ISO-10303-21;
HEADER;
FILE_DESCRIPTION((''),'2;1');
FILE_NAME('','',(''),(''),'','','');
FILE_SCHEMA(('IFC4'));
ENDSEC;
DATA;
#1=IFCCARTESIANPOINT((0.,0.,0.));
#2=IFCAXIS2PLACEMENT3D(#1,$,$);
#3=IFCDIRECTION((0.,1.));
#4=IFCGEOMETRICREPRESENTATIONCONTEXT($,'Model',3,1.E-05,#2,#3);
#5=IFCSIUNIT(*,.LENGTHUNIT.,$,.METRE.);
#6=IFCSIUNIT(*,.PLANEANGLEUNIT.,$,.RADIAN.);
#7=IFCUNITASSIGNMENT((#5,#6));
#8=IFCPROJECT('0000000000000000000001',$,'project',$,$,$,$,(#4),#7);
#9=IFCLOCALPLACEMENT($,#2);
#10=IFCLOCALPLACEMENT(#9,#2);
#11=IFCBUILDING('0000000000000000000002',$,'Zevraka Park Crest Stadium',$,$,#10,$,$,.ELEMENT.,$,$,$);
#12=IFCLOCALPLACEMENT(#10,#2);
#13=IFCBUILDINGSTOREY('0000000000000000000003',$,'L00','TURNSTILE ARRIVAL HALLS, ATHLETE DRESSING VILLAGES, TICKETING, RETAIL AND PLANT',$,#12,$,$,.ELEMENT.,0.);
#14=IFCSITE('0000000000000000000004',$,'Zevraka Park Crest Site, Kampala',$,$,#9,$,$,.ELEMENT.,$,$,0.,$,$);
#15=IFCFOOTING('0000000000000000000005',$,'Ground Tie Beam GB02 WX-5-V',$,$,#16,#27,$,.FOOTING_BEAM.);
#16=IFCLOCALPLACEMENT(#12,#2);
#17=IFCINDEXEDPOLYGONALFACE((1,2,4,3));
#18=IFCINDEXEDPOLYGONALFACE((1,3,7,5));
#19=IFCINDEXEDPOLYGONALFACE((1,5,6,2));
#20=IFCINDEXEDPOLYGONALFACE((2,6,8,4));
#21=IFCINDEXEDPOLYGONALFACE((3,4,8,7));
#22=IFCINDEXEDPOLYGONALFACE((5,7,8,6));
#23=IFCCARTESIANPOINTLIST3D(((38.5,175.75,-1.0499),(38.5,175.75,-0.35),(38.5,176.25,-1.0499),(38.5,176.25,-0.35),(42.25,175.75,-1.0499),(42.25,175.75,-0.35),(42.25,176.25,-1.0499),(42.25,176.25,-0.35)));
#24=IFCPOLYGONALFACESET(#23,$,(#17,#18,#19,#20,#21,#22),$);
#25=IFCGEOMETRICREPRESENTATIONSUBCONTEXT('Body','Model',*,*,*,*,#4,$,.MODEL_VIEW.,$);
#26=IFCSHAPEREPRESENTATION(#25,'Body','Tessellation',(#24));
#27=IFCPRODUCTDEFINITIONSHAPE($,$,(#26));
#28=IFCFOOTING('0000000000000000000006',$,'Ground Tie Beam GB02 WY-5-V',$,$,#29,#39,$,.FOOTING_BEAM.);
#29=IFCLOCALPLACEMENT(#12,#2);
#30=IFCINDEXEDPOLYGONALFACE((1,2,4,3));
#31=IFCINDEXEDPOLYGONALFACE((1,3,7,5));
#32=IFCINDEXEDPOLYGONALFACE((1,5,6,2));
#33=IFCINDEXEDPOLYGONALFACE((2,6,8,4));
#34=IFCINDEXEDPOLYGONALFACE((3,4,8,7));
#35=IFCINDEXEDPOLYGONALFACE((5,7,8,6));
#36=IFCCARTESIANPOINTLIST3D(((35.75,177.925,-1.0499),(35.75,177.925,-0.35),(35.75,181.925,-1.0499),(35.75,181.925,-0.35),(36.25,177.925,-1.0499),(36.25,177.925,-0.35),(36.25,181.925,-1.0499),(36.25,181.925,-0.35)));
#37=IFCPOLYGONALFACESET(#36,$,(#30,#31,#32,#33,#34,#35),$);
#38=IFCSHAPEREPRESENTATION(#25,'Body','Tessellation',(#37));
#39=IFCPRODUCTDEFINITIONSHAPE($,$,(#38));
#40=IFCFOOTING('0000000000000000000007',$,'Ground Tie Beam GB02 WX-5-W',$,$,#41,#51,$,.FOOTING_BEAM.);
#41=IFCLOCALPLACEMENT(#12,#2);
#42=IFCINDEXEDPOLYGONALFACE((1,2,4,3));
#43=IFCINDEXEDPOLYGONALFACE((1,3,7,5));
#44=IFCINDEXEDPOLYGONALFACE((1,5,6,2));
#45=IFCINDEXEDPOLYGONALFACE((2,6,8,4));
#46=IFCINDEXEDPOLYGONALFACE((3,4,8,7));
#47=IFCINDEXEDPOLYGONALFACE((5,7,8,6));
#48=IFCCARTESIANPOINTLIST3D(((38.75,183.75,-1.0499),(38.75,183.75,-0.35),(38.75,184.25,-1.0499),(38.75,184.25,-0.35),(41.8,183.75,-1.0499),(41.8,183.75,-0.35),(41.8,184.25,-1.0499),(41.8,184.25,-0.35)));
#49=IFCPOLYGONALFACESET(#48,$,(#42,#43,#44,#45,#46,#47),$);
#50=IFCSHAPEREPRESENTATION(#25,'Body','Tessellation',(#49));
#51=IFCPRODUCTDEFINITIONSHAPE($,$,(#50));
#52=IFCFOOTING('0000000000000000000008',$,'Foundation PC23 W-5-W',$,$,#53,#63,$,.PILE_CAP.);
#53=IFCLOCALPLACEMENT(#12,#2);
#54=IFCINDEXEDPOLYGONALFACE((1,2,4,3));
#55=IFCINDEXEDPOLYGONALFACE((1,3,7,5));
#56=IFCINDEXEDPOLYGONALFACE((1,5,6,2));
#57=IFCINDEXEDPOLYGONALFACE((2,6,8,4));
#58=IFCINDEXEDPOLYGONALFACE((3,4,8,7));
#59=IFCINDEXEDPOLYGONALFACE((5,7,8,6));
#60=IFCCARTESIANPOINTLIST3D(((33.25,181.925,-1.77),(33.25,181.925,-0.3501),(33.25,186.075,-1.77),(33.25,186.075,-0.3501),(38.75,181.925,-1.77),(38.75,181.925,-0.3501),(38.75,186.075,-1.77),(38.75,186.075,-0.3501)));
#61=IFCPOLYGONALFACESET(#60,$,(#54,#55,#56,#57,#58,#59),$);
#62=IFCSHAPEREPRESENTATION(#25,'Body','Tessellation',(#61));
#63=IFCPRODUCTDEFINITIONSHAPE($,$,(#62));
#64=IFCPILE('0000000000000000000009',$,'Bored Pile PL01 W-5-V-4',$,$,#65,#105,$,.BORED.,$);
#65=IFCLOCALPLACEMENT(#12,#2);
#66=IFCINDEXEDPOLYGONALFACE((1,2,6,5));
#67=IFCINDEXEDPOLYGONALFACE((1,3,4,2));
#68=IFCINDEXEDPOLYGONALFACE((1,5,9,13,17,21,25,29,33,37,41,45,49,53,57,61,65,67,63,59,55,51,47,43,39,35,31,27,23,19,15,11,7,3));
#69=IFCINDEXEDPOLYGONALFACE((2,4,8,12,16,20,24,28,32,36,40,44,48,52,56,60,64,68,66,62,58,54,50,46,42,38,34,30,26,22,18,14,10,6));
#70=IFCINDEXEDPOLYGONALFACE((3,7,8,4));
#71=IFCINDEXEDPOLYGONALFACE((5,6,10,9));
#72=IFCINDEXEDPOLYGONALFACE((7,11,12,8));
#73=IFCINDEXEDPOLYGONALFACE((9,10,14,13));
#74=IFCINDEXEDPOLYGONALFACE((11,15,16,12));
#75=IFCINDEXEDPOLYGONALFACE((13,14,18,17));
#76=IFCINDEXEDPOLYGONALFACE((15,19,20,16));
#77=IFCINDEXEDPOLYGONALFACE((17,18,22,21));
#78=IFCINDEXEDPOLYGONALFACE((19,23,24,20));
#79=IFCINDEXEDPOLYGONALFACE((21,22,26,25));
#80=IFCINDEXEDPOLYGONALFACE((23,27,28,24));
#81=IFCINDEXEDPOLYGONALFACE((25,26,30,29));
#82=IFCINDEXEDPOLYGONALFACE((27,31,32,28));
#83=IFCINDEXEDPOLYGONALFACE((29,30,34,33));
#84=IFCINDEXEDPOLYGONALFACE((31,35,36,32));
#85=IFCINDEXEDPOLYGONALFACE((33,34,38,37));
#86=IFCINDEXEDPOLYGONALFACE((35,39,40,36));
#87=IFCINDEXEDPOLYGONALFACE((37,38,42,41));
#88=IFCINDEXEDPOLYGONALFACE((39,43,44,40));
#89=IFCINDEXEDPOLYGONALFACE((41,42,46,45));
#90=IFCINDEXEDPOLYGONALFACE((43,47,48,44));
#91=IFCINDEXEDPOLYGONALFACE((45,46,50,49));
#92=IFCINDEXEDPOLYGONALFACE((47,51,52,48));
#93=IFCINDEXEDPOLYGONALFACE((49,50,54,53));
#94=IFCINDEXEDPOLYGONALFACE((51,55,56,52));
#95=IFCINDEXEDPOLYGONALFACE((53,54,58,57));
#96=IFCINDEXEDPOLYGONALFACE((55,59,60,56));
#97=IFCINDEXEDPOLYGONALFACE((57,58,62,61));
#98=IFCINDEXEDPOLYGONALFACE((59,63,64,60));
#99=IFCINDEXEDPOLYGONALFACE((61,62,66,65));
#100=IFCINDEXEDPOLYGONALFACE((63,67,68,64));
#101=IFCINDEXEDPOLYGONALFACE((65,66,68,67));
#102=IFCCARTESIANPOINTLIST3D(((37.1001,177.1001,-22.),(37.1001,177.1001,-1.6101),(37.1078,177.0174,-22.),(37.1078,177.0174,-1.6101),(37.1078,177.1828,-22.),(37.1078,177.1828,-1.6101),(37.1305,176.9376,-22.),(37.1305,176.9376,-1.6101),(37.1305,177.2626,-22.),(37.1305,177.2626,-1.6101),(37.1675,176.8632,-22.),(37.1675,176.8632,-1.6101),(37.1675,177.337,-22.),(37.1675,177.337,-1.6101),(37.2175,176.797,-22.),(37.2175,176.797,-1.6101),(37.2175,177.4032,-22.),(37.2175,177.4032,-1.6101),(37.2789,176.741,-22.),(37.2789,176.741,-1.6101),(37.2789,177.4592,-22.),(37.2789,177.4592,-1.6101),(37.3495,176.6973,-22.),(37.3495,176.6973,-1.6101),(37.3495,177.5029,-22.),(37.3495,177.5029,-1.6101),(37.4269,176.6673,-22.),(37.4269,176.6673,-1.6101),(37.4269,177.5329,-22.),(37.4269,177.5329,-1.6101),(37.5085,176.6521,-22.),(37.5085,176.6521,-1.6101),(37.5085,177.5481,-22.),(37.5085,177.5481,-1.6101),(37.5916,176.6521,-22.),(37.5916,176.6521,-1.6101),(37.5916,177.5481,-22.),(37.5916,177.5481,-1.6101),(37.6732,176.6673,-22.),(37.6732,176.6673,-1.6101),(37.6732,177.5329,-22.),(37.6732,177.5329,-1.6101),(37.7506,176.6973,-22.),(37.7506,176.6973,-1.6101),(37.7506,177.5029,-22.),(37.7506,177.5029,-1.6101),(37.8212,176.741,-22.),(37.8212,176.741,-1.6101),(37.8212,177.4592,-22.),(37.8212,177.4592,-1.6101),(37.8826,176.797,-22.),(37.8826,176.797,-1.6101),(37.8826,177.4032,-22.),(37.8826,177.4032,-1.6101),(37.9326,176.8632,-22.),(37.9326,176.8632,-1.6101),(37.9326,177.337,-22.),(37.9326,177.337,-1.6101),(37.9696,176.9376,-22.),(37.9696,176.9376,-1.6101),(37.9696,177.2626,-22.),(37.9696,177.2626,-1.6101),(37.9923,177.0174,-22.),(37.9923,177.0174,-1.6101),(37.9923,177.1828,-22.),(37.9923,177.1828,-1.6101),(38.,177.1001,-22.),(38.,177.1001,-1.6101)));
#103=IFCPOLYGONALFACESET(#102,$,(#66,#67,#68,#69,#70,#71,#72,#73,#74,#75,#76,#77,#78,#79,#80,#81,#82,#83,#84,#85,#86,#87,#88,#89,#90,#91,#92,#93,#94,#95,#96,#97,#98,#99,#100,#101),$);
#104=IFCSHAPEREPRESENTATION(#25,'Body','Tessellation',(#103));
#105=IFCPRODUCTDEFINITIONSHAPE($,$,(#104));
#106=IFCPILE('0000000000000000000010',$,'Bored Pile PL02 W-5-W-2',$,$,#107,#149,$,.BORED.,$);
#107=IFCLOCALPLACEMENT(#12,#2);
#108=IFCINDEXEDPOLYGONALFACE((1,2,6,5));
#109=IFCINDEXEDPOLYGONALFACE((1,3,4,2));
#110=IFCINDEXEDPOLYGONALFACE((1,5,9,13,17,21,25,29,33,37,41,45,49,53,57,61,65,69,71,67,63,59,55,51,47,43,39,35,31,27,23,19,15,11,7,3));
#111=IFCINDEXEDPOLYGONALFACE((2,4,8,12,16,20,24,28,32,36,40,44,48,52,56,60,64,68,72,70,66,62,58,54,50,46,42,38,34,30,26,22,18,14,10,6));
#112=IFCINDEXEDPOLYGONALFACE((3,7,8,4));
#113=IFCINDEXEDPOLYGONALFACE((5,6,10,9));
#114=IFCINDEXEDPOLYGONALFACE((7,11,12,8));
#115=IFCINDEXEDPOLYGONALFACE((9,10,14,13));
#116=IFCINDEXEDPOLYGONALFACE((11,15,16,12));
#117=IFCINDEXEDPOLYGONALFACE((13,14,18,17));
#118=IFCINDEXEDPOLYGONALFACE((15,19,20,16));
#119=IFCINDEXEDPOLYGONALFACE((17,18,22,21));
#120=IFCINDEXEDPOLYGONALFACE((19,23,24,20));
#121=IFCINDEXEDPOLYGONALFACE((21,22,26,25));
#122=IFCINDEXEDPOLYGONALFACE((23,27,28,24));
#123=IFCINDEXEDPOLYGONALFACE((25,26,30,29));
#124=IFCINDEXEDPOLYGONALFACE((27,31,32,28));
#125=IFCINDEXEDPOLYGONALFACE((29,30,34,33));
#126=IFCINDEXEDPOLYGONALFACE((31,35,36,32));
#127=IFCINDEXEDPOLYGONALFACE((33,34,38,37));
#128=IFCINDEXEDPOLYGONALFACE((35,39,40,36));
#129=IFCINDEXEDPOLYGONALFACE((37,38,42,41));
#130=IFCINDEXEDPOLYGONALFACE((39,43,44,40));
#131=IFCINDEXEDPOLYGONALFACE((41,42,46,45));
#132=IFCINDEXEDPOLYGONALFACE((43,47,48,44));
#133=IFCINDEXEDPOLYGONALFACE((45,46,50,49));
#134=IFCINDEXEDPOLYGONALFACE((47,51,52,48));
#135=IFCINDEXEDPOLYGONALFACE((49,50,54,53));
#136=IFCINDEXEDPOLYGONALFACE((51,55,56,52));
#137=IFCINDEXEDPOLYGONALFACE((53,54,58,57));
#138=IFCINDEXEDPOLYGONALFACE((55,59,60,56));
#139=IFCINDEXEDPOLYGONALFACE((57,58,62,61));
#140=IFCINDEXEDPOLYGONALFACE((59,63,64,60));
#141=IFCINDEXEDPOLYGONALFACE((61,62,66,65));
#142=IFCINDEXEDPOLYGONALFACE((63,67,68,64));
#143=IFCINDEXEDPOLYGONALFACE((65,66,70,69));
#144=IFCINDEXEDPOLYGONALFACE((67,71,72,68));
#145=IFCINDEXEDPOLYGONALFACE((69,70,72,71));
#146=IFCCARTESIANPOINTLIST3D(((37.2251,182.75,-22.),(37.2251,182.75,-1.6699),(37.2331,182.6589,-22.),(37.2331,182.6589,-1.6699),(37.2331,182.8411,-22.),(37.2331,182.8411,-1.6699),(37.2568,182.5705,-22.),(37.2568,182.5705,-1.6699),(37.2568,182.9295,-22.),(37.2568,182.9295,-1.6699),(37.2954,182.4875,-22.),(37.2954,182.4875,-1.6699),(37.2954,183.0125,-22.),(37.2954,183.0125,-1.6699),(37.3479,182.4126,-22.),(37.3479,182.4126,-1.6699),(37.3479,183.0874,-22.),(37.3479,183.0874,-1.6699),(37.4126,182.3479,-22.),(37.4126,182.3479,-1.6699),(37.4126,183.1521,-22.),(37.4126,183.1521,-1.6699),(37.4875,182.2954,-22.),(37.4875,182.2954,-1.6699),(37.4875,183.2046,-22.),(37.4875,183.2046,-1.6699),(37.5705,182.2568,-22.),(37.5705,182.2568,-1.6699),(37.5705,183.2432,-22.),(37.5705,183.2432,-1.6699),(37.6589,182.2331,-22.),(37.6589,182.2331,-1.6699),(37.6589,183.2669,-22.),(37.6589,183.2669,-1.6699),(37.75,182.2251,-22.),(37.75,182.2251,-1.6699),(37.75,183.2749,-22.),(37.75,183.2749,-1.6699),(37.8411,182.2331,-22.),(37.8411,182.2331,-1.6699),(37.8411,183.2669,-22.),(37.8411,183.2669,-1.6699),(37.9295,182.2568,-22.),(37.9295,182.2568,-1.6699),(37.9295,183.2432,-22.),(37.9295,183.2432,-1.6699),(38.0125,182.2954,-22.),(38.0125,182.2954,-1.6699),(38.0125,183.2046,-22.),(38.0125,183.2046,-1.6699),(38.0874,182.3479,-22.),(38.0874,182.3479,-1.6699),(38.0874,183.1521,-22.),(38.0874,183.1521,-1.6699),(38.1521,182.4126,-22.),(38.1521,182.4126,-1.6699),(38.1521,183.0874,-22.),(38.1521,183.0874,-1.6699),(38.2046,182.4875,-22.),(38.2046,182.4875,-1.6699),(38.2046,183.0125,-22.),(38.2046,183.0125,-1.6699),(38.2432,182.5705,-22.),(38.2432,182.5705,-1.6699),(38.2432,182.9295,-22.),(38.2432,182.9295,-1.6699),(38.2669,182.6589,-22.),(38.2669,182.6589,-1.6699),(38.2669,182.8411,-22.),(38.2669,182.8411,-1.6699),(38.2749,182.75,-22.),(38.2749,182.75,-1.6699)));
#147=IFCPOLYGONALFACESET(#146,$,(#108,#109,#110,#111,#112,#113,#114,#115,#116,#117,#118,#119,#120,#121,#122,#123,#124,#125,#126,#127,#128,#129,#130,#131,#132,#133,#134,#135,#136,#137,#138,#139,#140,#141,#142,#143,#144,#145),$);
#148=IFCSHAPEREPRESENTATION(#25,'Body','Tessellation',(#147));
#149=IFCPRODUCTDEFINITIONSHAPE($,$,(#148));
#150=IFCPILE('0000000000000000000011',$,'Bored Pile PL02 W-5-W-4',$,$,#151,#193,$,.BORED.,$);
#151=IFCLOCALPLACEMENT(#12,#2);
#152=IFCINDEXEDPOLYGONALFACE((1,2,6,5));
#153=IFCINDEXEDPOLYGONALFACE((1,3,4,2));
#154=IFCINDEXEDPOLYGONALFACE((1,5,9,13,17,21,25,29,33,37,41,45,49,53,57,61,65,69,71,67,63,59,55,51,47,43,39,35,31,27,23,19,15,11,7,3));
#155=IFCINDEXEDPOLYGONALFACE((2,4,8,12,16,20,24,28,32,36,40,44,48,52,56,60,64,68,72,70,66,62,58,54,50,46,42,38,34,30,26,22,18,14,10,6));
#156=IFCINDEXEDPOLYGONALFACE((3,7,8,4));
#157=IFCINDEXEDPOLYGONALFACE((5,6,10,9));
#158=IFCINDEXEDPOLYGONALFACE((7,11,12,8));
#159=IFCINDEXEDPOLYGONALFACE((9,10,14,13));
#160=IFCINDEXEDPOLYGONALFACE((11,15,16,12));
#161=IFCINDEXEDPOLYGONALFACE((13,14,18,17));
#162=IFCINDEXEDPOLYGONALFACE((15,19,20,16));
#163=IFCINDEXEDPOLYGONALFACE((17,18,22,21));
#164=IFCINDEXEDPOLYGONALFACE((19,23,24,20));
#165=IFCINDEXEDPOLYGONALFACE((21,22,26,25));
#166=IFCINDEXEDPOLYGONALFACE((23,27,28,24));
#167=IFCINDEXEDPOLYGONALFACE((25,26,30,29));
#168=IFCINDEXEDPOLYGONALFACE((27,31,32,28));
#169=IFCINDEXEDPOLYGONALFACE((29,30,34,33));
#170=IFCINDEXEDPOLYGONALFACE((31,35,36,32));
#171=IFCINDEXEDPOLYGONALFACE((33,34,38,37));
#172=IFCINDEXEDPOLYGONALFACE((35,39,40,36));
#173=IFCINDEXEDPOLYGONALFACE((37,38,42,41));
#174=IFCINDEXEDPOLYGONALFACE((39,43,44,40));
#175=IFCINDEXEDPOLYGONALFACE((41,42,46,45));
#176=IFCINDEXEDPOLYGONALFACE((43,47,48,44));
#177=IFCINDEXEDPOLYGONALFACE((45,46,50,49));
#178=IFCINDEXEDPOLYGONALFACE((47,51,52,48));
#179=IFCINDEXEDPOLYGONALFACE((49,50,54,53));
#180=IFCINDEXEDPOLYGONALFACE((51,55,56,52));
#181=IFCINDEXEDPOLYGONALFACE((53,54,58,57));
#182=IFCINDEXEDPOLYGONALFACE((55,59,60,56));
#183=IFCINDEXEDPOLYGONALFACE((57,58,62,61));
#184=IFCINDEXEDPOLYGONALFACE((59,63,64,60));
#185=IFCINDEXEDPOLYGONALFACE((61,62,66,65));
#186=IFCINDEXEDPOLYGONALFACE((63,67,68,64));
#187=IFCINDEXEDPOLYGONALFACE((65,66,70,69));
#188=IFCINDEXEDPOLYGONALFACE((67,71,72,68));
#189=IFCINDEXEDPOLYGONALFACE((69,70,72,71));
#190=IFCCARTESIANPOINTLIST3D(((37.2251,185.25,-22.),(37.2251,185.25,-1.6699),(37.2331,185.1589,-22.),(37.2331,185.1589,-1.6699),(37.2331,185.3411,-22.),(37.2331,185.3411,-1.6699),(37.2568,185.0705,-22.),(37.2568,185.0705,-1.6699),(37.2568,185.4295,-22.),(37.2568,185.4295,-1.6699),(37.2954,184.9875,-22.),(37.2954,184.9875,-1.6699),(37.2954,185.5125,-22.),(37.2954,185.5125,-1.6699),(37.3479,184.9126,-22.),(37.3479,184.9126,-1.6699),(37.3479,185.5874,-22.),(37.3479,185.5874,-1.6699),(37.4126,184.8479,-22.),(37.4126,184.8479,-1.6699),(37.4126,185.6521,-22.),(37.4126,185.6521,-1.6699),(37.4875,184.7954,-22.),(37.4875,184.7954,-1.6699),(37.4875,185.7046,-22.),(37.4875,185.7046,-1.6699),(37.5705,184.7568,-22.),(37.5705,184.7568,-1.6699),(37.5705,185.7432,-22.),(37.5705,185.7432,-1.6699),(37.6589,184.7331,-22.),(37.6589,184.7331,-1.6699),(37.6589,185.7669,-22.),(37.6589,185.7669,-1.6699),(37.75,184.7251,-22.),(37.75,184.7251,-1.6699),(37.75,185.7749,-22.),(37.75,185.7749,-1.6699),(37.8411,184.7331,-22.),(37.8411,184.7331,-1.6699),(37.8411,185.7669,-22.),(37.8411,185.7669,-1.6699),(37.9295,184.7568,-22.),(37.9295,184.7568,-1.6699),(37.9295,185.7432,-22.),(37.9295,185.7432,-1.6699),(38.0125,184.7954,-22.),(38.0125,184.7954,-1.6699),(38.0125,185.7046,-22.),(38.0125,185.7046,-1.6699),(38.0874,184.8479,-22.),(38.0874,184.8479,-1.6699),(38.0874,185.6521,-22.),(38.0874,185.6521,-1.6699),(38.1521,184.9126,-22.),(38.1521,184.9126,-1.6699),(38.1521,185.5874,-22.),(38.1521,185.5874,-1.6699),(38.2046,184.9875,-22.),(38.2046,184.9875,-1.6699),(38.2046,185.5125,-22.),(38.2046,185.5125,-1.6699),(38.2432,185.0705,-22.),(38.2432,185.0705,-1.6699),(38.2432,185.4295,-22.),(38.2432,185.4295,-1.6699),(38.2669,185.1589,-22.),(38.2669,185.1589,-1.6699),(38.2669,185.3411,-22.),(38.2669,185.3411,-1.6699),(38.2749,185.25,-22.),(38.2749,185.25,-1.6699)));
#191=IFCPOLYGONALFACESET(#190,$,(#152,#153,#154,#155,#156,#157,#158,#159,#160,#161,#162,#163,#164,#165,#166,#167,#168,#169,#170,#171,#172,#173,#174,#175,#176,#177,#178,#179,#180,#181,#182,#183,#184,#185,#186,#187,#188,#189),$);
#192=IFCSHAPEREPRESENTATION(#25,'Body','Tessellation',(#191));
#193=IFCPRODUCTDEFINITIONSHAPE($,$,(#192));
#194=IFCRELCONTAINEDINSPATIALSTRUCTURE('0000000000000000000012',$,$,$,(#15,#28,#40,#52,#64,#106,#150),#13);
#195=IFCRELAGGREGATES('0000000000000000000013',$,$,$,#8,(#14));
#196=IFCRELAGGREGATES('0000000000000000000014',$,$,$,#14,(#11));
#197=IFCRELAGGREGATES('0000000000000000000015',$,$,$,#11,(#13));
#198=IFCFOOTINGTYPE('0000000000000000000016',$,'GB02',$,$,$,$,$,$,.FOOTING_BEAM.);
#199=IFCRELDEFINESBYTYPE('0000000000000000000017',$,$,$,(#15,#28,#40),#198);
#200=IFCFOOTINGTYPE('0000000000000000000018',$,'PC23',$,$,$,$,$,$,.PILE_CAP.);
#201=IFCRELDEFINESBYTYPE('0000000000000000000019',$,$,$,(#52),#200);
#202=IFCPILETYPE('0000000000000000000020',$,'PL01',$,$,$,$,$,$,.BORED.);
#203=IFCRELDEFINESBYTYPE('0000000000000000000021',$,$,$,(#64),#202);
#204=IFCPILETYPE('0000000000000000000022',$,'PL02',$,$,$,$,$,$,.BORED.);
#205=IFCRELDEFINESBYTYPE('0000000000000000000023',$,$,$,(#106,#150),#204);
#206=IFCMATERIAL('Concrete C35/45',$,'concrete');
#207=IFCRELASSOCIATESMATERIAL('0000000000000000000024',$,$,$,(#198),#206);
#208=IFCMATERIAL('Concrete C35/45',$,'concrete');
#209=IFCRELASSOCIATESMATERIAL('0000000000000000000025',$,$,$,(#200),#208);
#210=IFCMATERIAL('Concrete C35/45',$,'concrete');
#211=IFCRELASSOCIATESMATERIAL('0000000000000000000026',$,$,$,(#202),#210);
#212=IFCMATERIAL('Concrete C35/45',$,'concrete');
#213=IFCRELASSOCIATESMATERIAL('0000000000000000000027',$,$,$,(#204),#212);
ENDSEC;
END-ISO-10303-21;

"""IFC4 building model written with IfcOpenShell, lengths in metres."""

from ifc_helpers import new_model, si_unit, direction, frame, origin, origin_2d, place, context, subcontext, project, spatial, rectangle, circle, extrude, material, material_profile, profile_set, type_object, element, save


model = new_model("IFC4")

# Units and contexts
model_context = context("Model", 3, precision=1e-05, world=origin(), true_north=direction((0.0, 1.0)))
body_context = subcontext(model_context, "Body", "Model", "MODEL_VIEW")
ifc_project = project(units=[si_unit("LENGTHUNIT", "METRE"), si_unit("PLANEANGLEUNIT", "RADIAN")], contexts=[model_context])

# Site, building, storey
site_placement = place(None, origin())
site = spatial("IfcSite", under=ifc_project, at=site_placement, Name="Zevraka Park Crest Site, Kampala", CompositionType="ELEMENT", RefElevation=0.0)
building_placement = place(site_placement, origin())
building = spatial("IfcBuilding", under=site, at=building_placement, Name="Zevraka Park Crest Stadium", CompositionType="ELEMENT")
storey_placement = place(building_placement, origin())
storey = spatial("IfcBuildingStorey", under=building, at=storey_placement, Name="L00", Description="TURNSTILE ARRIVAL HALLS, ATHLETE DRESSING VILLAGES, TICKETING, RETAIL AND PLANT", CompositionType="ELEMENT", Elevation=0.0)

# Footings
ifc_material_1 = material(Name="Concrete C35/45", Category="concrete")
ifc_material_profile_1 = material_profile(ifc_material_1, rectangle(XDim=0.5, YDim=0.7, at=origin_2d()), Name="GB 700x500")
ifc_profile_set_1 = profile_set([ifc_material_profile_1], Name="Concrete C35/45")
footing_type_1 = type_object("IfcFootingType", Name="GB02", PredefinedType="FOOTING_BEAM", material=ifc_profile_set_1)
footing_1_placement = place(storey_placement, frame((38.5, 176.0, -0.7), z_axis=(1.0, 0.0, 0.0), x_axis=(0.0, 1.0, 0.0)))
element("IfcFooting", 1, at=footing_1_placement, inside=storey, type_object=footing_type_1, Name="Ground Tie Beam GB02 WX-5-V", PredefinedType="FOOTING_BEAM", context=body_context, shape_type="SweptSolid", body=[
    extrude(rectangle(XDim=0.5, YDim=0.7, at=origin_2d()), origin(), (0.0, 0.0, 1.0), 3.75),
])
footing_2_placement = place(storey_placement, frame((36.0, 177.925, -0.7), z_axis=(0.0, 1.0, 0.0), x_axis=(-1.0, 0.0, 0.0)))
element("IfcFooting", 2, at=footing_2_placement, inside=storey, type_object=footing_type_1, Name="Ground Tie Beam GB02 WY-5-V", PredefinedType="FOOTING_BEAM", context=body_context, shape_type="SweptSolid", body=[
    extrude(rectangle(XDim=0.5, YDim=0.7, at=origin_2d()), origin(), (0.0, 0.0, 1.0), 4.0),
])
footing_3_placement = place(storey_placement, frame((38.75, 184.0, -0.7), z_axis=(1.0, 0.0, 0.0), x_axis=(0.0, 1.0, 0.0)))
element("IfcFooting", 3, at=footing_3_placement, inside=storey, type_object=footing_type_1, Name="Ground Tie Beam GB02 WX-5-W", PredefinedType="FOOTING_BEAM", context=body_context, shape_type="SweptSolid", body=[
    extrude(rectangle(XDim=0.5, YDim=0.7, at=origin_2d()), origin(), (0.0, 0.0, 1.0), 3.05),
])
ifc_material_2 = material(Name="Concrete C35/45", Category="concrete")
footing_type_2 = type_object("IfcFootingType", Name="PC23", PredefinedType="PILE_CAP", material=ifc_material_2)
footing_4_placement = place(storey_placement, frame((36.0, 184.0, -1.77), z_axis=(0.0, 0.0, 1.0), x_axis=(1.0, 0.0, 0.0)))
element("IfcFooting", 4, at=footing_4_placement, inside=storey, type_object=footing_type_2, Name="Foundation PC23 W-5-W", PredefinedType="PILE_CAP", context=body_context, shape_type="SweptSolid", body=[
    extrude(rectangle(XDim=5.5, YDim=4.1499, at=origin_2d()), origin(), (0.0, 0.0, 1.0), 1.4199),
])

# Piles
ifc_material_3 = material(Name="Concrete C35/45", Category="concrete")
ifc_material_profile_2 = material_profile(ifc_material_3, circle(Radius=0.45, at=origin_2d()), Name="PILE D900")
ifc_profile_set_2 = profile_set([ifc_material_profile_2], Name="Concrete C35/45")
pile_type_1 = type_object("IfcPileType", Name="PL01", PredefinedType="BORED", material=ifc_profile_set_2)
pile_placement = place(storey_placement, frame((37.55, 177.1001, -1.6101), z_axis=(0.0, 0.0, -1.0), x_axis=(1.0, 0.0, 0.0)))
element("IfcPile", 5, at=pile_placement, inside=storey, type_object=pile_type_1, Name="Bored Pile PL01 W-5-V-4", PredefinedType="BORED", context=body_context, shape_type="SweptSolid", body=[
    extrude(circle(Radius=0.45, at=origin_2d()), origin(), (0.0, 0.0, 1.0), 20.3899),
])
ifc_material_4 = material(Name="Concrete C35/45", Category="concrete")
ifc_material_profile_3 = material_profile(ifc_material_4, circle(Radius=0.5249, at=origin_2d()), Name="PILE D1050")
ifc_profile_set_3 = profile_set([ifc_material_profile_3], Name="Concrete C35/45")
pile_type_2 = type_object("IfcPileType", Name="PL02", PredefinedType="BORED", material=ifc_profile_set_3)
for number, where, z_axis, x_axis, name in (
    (6, (37.75, 182.75, -1.6699), (0.0, 0.0, -1.0), (1.0, 0.0, 0.0), "Bored Pile PL02 W-5-W-2"),
    (7, (37.75, 185.25, -1.6699), (0.0, 0.0, -1.0), (1.0, 0.0, 0.0), "Bored Pile PL02 W-5-W-4"),
):
    element("IfcPile", number, at=place(storey_placement, frame(where, z_axis=z_axis, x_axis=x_axis)), inside=storey, type_object=pile_type_2, Name=name, PredefinedType="BORED", context=body_context, shape_type="SweptSolid", body=[
        extrude(circle(Radius=0.5249, at=origin_2d()), origin(), (0.0, 0.0, 1.0), 20.3301),
    ])

save(model, "model.ifc")
